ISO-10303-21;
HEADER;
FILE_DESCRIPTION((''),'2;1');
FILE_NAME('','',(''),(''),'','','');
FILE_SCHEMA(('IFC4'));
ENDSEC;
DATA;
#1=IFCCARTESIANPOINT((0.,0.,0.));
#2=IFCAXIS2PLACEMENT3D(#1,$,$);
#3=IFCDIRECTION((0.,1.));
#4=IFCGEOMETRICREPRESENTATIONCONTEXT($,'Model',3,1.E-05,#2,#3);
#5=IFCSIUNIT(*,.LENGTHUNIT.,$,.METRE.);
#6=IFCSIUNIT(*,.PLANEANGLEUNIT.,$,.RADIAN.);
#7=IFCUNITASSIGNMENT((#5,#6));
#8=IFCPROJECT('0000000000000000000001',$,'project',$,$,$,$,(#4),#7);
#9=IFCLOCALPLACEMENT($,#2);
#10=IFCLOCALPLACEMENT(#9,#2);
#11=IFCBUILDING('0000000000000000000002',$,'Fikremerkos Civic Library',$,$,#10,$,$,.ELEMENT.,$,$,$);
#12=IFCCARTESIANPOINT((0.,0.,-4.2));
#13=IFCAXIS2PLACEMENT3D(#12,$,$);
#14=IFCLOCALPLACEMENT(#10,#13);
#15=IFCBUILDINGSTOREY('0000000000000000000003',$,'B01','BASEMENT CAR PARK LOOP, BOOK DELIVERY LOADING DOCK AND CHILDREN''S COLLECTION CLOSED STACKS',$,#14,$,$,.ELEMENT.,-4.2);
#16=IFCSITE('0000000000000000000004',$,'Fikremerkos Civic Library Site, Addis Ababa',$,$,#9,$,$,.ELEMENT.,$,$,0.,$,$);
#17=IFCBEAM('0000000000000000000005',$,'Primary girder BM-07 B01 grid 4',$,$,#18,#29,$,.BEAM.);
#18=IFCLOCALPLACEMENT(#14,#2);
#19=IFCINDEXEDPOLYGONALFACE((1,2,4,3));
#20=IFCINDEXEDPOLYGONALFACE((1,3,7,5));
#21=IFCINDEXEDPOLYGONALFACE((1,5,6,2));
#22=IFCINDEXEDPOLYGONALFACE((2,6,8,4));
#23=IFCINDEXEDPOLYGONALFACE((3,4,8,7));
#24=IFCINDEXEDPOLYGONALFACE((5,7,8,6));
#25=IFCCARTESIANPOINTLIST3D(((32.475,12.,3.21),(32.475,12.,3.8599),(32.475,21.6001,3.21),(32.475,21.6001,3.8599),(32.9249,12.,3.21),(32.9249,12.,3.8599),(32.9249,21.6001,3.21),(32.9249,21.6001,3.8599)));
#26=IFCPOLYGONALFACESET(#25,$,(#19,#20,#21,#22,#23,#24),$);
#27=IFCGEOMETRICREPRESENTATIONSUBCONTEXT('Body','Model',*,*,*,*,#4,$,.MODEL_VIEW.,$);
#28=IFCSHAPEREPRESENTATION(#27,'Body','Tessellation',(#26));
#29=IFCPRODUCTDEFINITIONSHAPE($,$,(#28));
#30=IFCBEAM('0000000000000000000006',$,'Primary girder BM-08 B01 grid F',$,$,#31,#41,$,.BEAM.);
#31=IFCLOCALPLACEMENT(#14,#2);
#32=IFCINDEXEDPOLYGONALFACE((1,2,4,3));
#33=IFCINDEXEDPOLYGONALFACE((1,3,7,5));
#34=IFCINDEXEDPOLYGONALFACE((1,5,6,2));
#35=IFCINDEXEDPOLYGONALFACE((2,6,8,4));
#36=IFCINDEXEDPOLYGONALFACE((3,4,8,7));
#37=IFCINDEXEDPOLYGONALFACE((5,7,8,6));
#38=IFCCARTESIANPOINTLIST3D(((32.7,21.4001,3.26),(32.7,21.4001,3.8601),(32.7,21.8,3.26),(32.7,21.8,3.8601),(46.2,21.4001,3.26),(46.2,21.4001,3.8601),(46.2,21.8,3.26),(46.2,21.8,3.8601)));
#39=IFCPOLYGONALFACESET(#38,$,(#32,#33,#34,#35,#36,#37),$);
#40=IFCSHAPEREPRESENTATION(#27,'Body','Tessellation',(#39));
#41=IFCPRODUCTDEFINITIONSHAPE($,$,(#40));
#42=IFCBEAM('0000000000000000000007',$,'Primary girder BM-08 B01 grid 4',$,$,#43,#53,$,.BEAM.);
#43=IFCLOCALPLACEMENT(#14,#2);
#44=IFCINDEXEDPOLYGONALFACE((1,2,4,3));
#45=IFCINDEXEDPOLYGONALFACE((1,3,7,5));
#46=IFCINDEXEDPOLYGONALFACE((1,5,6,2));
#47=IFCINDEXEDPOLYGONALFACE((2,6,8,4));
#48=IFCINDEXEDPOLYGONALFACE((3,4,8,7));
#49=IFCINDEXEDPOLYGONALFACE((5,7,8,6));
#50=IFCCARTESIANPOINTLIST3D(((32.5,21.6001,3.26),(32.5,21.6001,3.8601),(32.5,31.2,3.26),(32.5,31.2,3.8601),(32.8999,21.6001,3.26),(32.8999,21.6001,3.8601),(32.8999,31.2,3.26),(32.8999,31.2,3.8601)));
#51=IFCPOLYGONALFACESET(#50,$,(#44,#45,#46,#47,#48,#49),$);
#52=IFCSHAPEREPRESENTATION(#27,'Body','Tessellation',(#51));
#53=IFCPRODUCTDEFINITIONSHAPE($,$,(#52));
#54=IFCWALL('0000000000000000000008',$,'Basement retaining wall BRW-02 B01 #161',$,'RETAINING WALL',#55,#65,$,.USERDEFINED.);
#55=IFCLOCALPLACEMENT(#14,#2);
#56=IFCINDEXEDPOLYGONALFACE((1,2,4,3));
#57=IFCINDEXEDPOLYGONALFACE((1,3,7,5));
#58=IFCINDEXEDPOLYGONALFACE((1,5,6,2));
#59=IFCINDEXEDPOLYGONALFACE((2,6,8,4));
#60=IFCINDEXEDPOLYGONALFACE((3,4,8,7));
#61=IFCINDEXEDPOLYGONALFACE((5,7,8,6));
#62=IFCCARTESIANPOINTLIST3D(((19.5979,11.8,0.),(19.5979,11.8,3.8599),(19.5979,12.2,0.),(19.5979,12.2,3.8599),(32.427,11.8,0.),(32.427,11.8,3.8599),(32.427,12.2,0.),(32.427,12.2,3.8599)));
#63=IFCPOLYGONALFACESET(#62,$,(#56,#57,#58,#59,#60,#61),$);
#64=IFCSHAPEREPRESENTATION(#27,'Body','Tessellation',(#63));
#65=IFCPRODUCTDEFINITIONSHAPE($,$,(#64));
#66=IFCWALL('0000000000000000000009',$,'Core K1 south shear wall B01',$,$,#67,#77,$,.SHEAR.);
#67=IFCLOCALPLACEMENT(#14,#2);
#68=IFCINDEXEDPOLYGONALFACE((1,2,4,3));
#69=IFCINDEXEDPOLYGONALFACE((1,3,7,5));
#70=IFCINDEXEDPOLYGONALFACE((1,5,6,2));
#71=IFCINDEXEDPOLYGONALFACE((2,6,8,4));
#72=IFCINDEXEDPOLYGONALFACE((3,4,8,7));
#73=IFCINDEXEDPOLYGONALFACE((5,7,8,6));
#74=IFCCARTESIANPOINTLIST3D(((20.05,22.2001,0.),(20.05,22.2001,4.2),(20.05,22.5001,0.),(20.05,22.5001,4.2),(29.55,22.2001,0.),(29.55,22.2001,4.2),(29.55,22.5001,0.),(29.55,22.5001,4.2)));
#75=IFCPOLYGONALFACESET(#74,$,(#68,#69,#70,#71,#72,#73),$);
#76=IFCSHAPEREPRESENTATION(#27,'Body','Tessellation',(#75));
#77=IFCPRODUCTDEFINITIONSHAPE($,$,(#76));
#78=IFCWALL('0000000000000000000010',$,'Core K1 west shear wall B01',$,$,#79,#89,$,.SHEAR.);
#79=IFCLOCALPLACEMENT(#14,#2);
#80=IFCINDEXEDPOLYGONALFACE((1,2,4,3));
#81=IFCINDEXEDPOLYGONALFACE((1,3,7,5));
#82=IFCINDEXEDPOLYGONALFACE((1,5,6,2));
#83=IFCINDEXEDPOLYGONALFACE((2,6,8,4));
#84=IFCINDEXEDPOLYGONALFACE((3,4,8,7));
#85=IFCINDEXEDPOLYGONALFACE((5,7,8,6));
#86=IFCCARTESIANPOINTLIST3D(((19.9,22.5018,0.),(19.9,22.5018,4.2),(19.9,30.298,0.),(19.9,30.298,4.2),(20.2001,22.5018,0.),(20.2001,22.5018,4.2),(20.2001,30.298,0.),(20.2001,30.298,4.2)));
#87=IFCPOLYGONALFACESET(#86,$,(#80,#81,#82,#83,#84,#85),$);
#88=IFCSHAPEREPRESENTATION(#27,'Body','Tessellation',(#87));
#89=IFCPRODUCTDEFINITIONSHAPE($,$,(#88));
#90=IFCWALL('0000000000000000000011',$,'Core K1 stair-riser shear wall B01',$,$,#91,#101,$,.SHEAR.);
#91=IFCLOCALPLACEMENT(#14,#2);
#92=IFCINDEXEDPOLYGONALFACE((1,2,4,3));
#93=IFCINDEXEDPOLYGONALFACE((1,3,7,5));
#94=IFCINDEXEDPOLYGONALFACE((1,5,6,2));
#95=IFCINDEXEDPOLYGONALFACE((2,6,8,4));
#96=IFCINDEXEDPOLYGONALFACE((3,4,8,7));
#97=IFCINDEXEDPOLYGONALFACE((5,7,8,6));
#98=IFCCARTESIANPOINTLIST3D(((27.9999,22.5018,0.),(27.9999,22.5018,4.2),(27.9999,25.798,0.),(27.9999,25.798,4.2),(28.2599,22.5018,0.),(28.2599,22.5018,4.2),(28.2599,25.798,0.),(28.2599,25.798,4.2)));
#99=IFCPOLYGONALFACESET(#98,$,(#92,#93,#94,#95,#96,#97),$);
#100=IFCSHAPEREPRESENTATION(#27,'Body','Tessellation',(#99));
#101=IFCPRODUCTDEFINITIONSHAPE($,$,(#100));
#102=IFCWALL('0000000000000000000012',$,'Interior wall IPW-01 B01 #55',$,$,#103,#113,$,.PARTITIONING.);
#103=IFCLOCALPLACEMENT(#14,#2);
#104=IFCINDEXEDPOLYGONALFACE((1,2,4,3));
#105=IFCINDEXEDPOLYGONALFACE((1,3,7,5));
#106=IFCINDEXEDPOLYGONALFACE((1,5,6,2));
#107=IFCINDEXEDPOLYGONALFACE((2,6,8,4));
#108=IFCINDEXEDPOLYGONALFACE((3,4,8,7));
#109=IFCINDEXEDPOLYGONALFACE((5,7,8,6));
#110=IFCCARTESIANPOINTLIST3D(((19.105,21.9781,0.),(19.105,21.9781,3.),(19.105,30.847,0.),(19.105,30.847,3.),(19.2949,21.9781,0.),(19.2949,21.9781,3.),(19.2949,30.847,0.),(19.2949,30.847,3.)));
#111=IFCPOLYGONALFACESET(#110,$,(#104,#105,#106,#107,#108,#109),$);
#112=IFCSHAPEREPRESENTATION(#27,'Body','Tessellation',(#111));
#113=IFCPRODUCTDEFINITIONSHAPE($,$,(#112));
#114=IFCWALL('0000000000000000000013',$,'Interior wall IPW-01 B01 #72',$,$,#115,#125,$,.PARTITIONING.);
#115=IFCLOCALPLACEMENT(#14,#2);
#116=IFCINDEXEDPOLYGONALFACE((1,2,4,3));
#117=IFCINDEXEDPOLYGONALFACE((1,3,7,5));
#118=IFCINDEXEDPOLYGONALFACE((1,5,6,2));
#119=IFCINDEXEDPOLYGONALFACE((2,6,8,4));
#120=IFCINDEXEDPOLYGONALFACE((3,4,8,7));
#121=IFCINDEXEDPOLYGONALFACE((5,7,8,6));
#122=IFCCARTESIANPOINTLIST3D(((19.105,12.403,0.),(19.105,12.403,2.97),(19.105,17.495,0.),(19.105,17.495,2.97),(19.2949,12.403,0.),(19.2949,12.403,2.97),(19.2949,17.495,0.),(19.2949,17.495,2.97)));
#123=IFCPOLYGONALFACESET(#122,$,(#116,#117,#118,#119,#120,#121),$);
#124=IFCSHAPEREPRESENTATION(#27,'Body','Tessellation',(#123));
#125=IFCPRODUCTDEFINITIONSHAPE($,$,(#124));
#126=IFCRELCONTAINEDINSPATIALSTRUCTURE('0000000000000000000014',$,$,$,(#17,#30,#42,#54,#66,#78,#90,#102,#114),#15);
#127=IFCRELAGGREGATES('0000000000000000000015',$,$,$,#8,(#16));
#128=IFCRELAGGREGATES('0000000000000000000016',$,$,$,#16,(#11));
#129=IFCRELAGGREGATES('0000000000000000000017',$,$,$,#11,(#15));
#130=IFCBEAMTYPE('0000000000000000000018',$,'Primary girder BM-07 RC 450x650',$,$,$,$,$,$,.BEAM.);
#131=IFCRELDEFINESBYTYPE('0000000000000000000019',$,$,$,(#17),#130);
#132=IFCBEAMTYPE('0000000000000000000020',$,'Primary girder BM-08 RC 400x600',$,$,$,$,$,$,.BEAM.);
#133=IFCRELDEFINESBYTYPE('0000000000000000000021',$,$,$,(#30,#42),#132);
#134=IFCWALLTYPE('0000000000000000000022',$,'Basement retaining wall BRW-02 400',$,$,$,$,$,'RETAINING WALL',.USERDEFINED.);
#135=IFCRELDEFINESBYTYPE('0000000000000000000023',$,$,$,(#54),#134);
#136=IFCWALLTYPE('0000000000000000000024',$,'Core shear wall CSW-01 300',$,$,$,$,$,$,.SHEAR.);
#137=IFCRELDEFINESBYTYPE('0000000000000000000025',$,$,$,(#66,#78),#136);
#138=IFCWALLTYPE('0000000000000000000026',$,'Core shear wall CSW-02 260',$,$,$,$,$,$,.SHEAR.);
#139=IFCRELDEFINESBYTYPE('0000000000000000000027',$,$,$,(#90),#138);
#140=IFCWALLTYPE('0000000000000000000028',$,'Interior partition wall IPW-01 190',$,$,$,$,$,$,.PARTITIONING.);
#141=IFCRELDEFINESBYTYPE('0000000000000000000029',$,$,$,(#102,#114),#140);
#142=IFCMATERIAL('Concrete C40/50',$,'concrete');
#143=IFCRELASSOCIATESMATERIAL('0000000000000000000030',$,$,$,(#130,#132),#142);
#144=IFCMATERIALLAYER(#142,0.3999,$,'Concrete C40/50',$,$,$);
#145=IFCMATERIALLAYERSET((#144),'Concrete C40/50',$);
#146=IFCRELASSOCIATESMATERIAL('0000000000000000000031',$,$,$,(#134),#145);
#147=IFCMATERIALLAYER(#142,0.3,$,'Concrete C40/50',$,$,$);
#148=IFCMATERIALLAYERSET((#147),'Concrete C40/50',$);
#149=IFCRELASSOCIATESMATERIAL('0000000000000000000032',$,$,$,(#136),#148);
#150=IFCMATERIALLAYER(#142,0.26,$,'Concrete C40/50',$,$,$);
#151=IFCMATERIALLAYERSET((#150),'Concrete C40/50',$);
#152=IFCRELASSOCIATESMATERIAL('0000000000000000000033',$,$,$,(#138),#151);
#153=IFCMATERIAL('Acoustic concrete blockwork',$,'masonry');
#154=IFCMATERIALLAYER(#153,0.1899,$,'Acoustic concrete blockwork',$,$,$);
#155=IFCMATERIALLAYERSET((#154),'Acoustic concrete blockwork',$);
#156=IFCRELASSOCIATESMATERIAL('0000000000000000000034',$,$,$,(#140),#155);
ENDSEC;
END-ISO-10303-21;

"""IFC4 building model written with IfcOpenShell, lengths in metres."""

from ifc_helpers import new_model, si_unit, direction, frame, frame_2d, origin, origin_2d, place, context, subcontext, project, spatial, rectangle, extrude, material, layer, layer_set, material_profile, profile_set, type_object, element, save


model = new_model("IFC4")

# Units and contexts
model_context = context("Model", 3, precision=1e-05, world=origin(), true_north=direction((0.0, 1.0)))
body_context = subcontext(model_context, "Body", "Model", "MODEL_VIEW")
ifc_project = project(units=[si_unit("LENGTHUNIT", "METRE"), si_unit("PLANEANGLEUNIT", "RADIAN")], contexts=[model_context])

# Site, building, storey
site_placement = place(None, origin())
site = spatial("IfcSite", under=ifc_project, at=site_placement, Name="Fikremerkos Civic Library Site, Addis Ababa", CompositionType="ELEMENT", RefElevation=0.0)
building_placement = place(site_placement, origin())
building = spatial("IfcBuilding", under=site, at=building_placement, Name="Fikremerkos Civic Library", CompositionType="ELEMENT")
storey_placement = place(building_placement, frame((0.0, 0.0, -4.2)))
storey = spatial("IfcBuildingStorey", under=building, at=storey_placement, Name="B01", Description="BASEMENT CAR PARK LOOP, BOOK DELIVERY LOADING DOCK AND CHILDREN'S COLLECTION CLOSED STACKS", CompositionType="ELEMENT", Elevation=-4.2)

# Shared definitions
ifc_material_1 = material(Name="Concrete C40/50", Category="concrete")

# Beams
ifc_material_profile_1 = material_profile(ifc_material_1, rectangle(XDim=0.45, YDim=0.6499, at=origin_2d()), Name="RC 450x650")
ifc_profile_set_1 = profile_set([ifc_material_profile_1], Name="Concrete C40/50")
beam_type_1 = type_object("IfcBeamType", Name="Primary girder BM-07 RC 450x650", PredefinedType="BEAM", material=ifc_profile_set_1)
beam_1_placement = place(storey_placement, frame((32.7, 12.0, 3.5349), z_axis=(0.0, 1.0, 0.0), x_axis=(-1.0, 0.0, 0.0)))
element("IfcBeam", 1, at=beam_1_placement, inside=storey, type_object=beam_type_1, Name="Primary girder BM-07 B01 grid 4", PredefinedType="BEAM", context=body_context, shape_type="SweptSolid", body=[
    extrude(rectangle(XDim=0.45, YDim=0.6499, at=origin_2d()), origin(), (0.0, 0.0, 1.0), 9.6001),
])
ifc_material_profile_2 = material_profile(ifc_material_1, rectangle(XDim=0.3999, YDim=0.6001, at=origin_2d()), Name="RC 400x600")
ifc_profile_set_2 = profile_set([ifc_material_profile_2], Name="Concrete C40/50")
beam_type_2 = type_object("IfcBeamType", Name="Primary girder BM-08 RC 400x600", PredefinedType="BEAM", material=ifc_profile_set_2)
beam_2_placement = place(storey_placement, frame((32.7, 21.6001, 3.5601), z_axis=(1.0, 0.0, 0.0), x_axis=(0.0, 1.0, 0.0)))
element("IfcBeam", 2, at=beam_2_placement, inside=storey, type_object=beam_type_2, Name="Primary girder BM-08 B01 grid F", PredefinedType="BEAM", context=body_context, shape_type="SweptSolid", body=[
    extrude(rectangle(XDim=0.3999, YDim=0.6001, at=origin_2d()), origin(), (0.0, 0.0, 1.0), 13.5),
])
beam_3_placement = place(storey_placement, frame((32.7, 21.6001, 3.5601), z_axis=(0.0, 1.0, 0.0), x_axis=(-1.0, 0.0, 0.0)))
element("IfcBeam", 3, at=beam_3_placement, inside=storey, type_object=beam_type_2, Name="Primary girder BM-08 B01 grid 4", PredefinedType="BEAM", context=body_context, shape_type="SweptSolid", body=[
    extrude(rectangle(XDim=0.3999, YDim=0.6001, at=origin_2d()), origin(), (0.0, 0.0, 1.0), 9.5999),
])

# Walls
ifc_layer_1 = layer(ifc_material_1, 0.3999, Name="Concrete C40/50")
ifc_layer_set_1 = layer_set([ifc_layer_1], Name="Concrete C40/50")
wall_type_1 = type_object("IfcWallType", Name="Basement retaining wall BRW-02 400", ElementType="RETAINING WALL", PredefinedType="USERDEFINED", material=ifc_layer_set_1)
wall_1_placement = place(storey_placement, frame((32.427, 12.0, 0.0), z_axis=(0.0, 0.0, 1.0), x_axis=(-1.0, 0.0, 0.0)))
element("IfcWall", 4, at=wall_1_placement, inside=storey, type_object=wall_type_1, Name="Basement retaining wall BRW-02 B01 #161", ObjectType="RETAINING WALL", PredefinedType="USERDEFINED", context=body_context, shape_type="SweptSolid", body=[
    extrude(rectangle(XDim=12.8291, YDim=0.3999, at=frame_2d((6.4146, 0.0))), origin(), (0.0, 0.0, 1.0), 3.8599),
])
ifc_layer_2 = layer(ifc_material_1, 0.3, Name="Concrete C40/50")
ifc_layer_set_2 = layer_set([ifc_layer_2], Name="Concrete C40/50")
wall_type_2 = type_object("IfcWallType", Name="Core shear wall CSW-01 300", PredefinedType="SHEAR", material=ifc_layer_set_2)
wall_2_placement = place(storey_placement, frame((29.55, 22.3501, 0.0), z_axis=(0.0, 0.0, 1.0), x_axis=(-1.0, 0.0, 0.0)))
element("IfcWall", 5, at=wall_2_placement, inside=storey, type_object=wall_type_2, Name="Core K1 south shear wall B01", PredefinedType="SHEAR", context=body_context, shape_type="SweptSolid", body=[
    extrude(rectangle(XDim=9.5, YDim=0.3, at=frame_2d((4.75, 0.0))), origin(), (0.0, 0.0, 1.0), 4.2),
])
wall_3_placement = place(storey_placement, frame((20.05, 22.502, 0.0), z_axis=(0.0, 0.0, 1.0), x_axis=(0.0, 1.0, 0.0)))
element("IfcWall", 6, at=wall_3_placement, inside=storey, type_object=wall_type_2, Name="Core K1 west shear wall B01", PredefinedType="SHEAR", context=body_context, shape_type="SweptSolid", body=[
    extrude(rectangle(XDim=7.7961, YDim=0.3, at=frame_2d((3.8979, 0.0))), origin(), (0.0, 0.0, 1.0), 4.2),
])
ifc_layer_3 = layer(ifc_material_1, 0.26, Name="Concrete C40/50")
ifc_layer_set_3 = layer_set([ifc_layer_3], Name="Concrete C40/50")
wall_type_3 = type_object("IfcWallType", Name="Core shear wall CSW-02 260", PredefinedType="SHEAR", material=ifc_layer_set_3)
wall_4_placement = place(storey_placement, frame((28.1299, 22.502, 0.0), z_axis=(0.0, 0.0, 1.0), x_axis=(0.0, 1.0, 0.0)))
element("IfcWall", 7, at=wall_4_placement, inside=storey, type_object=wall_type_3, Name="Core K1 stair-riser shear wall B01", PredefinedType="SHEAR", context=body_context, shape_type="SweptSolid", body=[
    extrude(rectangle(XDim=3.2961, YDim=0.26, at=frame_2d((1.6479, 0.0))), origin(), (0.0, 0.0, 1.0), 4.2),
])
ifc_material_2 = material(Name="Acoustic concrete blockwork", Category="masonry")
ifc_layer_4 = layer(ifc_material_2, 0.1899, Name="Acoustic concrete blockwork")
ifc_layer_set_4 = layer_set([ifc_layer_4], Name="Acoustic concrete blockwork")
wall_type_4 = type_object("IfcWallType", Name="Interior partition wall IPW-01 190", PredefinedType="PARTITIONING", material=ifc_layer_set_4)
wall_5_placement = place(storey_placement, frame((19.2, 21.978, 0.0), z_axis=(0.0, 0.0, 1.0), x_axis=(0.0, 1.0, 0.0)))
element("IfcWall", 8, at=wall_5_placement, inside=storey, type_object=wall_type_4, Name="Interior wall IPW-01 B01 #55", PredefinedType="PARTITIONING", context=body_context, shape_type="SweptSolid", body=[
    extrude(rectangle(XDim=8.8689, YDim=0.1899, at=frame_2d((4.4346, 0.0))), origin(), (0.0, 0.0, 1.0), 3.0),
])
wall_6_placement = place(storey_placement, frame((19.2, 12.4031, 0.0), z_axis=(0.0, 0.0, 1.0), x_axis=(0.0, 1.0, 0.0)))
element("IfcWall", 9, at=wall_6_placement, inside=storey, type_object=wall_type_4, Name="Interior wall IPW-01 B01 #72", PredefinedType="PARTITIONING", context=body_context, shape_type="SweptSolid", body=[
    extrude(rectangle(XDim=5.092, YDim=0.1899, at=frame_2d((2.5459, 0.0))), origin(), (0.0, 0.0, 1.0), 2.97),
])

save(model, "model.ifc")
